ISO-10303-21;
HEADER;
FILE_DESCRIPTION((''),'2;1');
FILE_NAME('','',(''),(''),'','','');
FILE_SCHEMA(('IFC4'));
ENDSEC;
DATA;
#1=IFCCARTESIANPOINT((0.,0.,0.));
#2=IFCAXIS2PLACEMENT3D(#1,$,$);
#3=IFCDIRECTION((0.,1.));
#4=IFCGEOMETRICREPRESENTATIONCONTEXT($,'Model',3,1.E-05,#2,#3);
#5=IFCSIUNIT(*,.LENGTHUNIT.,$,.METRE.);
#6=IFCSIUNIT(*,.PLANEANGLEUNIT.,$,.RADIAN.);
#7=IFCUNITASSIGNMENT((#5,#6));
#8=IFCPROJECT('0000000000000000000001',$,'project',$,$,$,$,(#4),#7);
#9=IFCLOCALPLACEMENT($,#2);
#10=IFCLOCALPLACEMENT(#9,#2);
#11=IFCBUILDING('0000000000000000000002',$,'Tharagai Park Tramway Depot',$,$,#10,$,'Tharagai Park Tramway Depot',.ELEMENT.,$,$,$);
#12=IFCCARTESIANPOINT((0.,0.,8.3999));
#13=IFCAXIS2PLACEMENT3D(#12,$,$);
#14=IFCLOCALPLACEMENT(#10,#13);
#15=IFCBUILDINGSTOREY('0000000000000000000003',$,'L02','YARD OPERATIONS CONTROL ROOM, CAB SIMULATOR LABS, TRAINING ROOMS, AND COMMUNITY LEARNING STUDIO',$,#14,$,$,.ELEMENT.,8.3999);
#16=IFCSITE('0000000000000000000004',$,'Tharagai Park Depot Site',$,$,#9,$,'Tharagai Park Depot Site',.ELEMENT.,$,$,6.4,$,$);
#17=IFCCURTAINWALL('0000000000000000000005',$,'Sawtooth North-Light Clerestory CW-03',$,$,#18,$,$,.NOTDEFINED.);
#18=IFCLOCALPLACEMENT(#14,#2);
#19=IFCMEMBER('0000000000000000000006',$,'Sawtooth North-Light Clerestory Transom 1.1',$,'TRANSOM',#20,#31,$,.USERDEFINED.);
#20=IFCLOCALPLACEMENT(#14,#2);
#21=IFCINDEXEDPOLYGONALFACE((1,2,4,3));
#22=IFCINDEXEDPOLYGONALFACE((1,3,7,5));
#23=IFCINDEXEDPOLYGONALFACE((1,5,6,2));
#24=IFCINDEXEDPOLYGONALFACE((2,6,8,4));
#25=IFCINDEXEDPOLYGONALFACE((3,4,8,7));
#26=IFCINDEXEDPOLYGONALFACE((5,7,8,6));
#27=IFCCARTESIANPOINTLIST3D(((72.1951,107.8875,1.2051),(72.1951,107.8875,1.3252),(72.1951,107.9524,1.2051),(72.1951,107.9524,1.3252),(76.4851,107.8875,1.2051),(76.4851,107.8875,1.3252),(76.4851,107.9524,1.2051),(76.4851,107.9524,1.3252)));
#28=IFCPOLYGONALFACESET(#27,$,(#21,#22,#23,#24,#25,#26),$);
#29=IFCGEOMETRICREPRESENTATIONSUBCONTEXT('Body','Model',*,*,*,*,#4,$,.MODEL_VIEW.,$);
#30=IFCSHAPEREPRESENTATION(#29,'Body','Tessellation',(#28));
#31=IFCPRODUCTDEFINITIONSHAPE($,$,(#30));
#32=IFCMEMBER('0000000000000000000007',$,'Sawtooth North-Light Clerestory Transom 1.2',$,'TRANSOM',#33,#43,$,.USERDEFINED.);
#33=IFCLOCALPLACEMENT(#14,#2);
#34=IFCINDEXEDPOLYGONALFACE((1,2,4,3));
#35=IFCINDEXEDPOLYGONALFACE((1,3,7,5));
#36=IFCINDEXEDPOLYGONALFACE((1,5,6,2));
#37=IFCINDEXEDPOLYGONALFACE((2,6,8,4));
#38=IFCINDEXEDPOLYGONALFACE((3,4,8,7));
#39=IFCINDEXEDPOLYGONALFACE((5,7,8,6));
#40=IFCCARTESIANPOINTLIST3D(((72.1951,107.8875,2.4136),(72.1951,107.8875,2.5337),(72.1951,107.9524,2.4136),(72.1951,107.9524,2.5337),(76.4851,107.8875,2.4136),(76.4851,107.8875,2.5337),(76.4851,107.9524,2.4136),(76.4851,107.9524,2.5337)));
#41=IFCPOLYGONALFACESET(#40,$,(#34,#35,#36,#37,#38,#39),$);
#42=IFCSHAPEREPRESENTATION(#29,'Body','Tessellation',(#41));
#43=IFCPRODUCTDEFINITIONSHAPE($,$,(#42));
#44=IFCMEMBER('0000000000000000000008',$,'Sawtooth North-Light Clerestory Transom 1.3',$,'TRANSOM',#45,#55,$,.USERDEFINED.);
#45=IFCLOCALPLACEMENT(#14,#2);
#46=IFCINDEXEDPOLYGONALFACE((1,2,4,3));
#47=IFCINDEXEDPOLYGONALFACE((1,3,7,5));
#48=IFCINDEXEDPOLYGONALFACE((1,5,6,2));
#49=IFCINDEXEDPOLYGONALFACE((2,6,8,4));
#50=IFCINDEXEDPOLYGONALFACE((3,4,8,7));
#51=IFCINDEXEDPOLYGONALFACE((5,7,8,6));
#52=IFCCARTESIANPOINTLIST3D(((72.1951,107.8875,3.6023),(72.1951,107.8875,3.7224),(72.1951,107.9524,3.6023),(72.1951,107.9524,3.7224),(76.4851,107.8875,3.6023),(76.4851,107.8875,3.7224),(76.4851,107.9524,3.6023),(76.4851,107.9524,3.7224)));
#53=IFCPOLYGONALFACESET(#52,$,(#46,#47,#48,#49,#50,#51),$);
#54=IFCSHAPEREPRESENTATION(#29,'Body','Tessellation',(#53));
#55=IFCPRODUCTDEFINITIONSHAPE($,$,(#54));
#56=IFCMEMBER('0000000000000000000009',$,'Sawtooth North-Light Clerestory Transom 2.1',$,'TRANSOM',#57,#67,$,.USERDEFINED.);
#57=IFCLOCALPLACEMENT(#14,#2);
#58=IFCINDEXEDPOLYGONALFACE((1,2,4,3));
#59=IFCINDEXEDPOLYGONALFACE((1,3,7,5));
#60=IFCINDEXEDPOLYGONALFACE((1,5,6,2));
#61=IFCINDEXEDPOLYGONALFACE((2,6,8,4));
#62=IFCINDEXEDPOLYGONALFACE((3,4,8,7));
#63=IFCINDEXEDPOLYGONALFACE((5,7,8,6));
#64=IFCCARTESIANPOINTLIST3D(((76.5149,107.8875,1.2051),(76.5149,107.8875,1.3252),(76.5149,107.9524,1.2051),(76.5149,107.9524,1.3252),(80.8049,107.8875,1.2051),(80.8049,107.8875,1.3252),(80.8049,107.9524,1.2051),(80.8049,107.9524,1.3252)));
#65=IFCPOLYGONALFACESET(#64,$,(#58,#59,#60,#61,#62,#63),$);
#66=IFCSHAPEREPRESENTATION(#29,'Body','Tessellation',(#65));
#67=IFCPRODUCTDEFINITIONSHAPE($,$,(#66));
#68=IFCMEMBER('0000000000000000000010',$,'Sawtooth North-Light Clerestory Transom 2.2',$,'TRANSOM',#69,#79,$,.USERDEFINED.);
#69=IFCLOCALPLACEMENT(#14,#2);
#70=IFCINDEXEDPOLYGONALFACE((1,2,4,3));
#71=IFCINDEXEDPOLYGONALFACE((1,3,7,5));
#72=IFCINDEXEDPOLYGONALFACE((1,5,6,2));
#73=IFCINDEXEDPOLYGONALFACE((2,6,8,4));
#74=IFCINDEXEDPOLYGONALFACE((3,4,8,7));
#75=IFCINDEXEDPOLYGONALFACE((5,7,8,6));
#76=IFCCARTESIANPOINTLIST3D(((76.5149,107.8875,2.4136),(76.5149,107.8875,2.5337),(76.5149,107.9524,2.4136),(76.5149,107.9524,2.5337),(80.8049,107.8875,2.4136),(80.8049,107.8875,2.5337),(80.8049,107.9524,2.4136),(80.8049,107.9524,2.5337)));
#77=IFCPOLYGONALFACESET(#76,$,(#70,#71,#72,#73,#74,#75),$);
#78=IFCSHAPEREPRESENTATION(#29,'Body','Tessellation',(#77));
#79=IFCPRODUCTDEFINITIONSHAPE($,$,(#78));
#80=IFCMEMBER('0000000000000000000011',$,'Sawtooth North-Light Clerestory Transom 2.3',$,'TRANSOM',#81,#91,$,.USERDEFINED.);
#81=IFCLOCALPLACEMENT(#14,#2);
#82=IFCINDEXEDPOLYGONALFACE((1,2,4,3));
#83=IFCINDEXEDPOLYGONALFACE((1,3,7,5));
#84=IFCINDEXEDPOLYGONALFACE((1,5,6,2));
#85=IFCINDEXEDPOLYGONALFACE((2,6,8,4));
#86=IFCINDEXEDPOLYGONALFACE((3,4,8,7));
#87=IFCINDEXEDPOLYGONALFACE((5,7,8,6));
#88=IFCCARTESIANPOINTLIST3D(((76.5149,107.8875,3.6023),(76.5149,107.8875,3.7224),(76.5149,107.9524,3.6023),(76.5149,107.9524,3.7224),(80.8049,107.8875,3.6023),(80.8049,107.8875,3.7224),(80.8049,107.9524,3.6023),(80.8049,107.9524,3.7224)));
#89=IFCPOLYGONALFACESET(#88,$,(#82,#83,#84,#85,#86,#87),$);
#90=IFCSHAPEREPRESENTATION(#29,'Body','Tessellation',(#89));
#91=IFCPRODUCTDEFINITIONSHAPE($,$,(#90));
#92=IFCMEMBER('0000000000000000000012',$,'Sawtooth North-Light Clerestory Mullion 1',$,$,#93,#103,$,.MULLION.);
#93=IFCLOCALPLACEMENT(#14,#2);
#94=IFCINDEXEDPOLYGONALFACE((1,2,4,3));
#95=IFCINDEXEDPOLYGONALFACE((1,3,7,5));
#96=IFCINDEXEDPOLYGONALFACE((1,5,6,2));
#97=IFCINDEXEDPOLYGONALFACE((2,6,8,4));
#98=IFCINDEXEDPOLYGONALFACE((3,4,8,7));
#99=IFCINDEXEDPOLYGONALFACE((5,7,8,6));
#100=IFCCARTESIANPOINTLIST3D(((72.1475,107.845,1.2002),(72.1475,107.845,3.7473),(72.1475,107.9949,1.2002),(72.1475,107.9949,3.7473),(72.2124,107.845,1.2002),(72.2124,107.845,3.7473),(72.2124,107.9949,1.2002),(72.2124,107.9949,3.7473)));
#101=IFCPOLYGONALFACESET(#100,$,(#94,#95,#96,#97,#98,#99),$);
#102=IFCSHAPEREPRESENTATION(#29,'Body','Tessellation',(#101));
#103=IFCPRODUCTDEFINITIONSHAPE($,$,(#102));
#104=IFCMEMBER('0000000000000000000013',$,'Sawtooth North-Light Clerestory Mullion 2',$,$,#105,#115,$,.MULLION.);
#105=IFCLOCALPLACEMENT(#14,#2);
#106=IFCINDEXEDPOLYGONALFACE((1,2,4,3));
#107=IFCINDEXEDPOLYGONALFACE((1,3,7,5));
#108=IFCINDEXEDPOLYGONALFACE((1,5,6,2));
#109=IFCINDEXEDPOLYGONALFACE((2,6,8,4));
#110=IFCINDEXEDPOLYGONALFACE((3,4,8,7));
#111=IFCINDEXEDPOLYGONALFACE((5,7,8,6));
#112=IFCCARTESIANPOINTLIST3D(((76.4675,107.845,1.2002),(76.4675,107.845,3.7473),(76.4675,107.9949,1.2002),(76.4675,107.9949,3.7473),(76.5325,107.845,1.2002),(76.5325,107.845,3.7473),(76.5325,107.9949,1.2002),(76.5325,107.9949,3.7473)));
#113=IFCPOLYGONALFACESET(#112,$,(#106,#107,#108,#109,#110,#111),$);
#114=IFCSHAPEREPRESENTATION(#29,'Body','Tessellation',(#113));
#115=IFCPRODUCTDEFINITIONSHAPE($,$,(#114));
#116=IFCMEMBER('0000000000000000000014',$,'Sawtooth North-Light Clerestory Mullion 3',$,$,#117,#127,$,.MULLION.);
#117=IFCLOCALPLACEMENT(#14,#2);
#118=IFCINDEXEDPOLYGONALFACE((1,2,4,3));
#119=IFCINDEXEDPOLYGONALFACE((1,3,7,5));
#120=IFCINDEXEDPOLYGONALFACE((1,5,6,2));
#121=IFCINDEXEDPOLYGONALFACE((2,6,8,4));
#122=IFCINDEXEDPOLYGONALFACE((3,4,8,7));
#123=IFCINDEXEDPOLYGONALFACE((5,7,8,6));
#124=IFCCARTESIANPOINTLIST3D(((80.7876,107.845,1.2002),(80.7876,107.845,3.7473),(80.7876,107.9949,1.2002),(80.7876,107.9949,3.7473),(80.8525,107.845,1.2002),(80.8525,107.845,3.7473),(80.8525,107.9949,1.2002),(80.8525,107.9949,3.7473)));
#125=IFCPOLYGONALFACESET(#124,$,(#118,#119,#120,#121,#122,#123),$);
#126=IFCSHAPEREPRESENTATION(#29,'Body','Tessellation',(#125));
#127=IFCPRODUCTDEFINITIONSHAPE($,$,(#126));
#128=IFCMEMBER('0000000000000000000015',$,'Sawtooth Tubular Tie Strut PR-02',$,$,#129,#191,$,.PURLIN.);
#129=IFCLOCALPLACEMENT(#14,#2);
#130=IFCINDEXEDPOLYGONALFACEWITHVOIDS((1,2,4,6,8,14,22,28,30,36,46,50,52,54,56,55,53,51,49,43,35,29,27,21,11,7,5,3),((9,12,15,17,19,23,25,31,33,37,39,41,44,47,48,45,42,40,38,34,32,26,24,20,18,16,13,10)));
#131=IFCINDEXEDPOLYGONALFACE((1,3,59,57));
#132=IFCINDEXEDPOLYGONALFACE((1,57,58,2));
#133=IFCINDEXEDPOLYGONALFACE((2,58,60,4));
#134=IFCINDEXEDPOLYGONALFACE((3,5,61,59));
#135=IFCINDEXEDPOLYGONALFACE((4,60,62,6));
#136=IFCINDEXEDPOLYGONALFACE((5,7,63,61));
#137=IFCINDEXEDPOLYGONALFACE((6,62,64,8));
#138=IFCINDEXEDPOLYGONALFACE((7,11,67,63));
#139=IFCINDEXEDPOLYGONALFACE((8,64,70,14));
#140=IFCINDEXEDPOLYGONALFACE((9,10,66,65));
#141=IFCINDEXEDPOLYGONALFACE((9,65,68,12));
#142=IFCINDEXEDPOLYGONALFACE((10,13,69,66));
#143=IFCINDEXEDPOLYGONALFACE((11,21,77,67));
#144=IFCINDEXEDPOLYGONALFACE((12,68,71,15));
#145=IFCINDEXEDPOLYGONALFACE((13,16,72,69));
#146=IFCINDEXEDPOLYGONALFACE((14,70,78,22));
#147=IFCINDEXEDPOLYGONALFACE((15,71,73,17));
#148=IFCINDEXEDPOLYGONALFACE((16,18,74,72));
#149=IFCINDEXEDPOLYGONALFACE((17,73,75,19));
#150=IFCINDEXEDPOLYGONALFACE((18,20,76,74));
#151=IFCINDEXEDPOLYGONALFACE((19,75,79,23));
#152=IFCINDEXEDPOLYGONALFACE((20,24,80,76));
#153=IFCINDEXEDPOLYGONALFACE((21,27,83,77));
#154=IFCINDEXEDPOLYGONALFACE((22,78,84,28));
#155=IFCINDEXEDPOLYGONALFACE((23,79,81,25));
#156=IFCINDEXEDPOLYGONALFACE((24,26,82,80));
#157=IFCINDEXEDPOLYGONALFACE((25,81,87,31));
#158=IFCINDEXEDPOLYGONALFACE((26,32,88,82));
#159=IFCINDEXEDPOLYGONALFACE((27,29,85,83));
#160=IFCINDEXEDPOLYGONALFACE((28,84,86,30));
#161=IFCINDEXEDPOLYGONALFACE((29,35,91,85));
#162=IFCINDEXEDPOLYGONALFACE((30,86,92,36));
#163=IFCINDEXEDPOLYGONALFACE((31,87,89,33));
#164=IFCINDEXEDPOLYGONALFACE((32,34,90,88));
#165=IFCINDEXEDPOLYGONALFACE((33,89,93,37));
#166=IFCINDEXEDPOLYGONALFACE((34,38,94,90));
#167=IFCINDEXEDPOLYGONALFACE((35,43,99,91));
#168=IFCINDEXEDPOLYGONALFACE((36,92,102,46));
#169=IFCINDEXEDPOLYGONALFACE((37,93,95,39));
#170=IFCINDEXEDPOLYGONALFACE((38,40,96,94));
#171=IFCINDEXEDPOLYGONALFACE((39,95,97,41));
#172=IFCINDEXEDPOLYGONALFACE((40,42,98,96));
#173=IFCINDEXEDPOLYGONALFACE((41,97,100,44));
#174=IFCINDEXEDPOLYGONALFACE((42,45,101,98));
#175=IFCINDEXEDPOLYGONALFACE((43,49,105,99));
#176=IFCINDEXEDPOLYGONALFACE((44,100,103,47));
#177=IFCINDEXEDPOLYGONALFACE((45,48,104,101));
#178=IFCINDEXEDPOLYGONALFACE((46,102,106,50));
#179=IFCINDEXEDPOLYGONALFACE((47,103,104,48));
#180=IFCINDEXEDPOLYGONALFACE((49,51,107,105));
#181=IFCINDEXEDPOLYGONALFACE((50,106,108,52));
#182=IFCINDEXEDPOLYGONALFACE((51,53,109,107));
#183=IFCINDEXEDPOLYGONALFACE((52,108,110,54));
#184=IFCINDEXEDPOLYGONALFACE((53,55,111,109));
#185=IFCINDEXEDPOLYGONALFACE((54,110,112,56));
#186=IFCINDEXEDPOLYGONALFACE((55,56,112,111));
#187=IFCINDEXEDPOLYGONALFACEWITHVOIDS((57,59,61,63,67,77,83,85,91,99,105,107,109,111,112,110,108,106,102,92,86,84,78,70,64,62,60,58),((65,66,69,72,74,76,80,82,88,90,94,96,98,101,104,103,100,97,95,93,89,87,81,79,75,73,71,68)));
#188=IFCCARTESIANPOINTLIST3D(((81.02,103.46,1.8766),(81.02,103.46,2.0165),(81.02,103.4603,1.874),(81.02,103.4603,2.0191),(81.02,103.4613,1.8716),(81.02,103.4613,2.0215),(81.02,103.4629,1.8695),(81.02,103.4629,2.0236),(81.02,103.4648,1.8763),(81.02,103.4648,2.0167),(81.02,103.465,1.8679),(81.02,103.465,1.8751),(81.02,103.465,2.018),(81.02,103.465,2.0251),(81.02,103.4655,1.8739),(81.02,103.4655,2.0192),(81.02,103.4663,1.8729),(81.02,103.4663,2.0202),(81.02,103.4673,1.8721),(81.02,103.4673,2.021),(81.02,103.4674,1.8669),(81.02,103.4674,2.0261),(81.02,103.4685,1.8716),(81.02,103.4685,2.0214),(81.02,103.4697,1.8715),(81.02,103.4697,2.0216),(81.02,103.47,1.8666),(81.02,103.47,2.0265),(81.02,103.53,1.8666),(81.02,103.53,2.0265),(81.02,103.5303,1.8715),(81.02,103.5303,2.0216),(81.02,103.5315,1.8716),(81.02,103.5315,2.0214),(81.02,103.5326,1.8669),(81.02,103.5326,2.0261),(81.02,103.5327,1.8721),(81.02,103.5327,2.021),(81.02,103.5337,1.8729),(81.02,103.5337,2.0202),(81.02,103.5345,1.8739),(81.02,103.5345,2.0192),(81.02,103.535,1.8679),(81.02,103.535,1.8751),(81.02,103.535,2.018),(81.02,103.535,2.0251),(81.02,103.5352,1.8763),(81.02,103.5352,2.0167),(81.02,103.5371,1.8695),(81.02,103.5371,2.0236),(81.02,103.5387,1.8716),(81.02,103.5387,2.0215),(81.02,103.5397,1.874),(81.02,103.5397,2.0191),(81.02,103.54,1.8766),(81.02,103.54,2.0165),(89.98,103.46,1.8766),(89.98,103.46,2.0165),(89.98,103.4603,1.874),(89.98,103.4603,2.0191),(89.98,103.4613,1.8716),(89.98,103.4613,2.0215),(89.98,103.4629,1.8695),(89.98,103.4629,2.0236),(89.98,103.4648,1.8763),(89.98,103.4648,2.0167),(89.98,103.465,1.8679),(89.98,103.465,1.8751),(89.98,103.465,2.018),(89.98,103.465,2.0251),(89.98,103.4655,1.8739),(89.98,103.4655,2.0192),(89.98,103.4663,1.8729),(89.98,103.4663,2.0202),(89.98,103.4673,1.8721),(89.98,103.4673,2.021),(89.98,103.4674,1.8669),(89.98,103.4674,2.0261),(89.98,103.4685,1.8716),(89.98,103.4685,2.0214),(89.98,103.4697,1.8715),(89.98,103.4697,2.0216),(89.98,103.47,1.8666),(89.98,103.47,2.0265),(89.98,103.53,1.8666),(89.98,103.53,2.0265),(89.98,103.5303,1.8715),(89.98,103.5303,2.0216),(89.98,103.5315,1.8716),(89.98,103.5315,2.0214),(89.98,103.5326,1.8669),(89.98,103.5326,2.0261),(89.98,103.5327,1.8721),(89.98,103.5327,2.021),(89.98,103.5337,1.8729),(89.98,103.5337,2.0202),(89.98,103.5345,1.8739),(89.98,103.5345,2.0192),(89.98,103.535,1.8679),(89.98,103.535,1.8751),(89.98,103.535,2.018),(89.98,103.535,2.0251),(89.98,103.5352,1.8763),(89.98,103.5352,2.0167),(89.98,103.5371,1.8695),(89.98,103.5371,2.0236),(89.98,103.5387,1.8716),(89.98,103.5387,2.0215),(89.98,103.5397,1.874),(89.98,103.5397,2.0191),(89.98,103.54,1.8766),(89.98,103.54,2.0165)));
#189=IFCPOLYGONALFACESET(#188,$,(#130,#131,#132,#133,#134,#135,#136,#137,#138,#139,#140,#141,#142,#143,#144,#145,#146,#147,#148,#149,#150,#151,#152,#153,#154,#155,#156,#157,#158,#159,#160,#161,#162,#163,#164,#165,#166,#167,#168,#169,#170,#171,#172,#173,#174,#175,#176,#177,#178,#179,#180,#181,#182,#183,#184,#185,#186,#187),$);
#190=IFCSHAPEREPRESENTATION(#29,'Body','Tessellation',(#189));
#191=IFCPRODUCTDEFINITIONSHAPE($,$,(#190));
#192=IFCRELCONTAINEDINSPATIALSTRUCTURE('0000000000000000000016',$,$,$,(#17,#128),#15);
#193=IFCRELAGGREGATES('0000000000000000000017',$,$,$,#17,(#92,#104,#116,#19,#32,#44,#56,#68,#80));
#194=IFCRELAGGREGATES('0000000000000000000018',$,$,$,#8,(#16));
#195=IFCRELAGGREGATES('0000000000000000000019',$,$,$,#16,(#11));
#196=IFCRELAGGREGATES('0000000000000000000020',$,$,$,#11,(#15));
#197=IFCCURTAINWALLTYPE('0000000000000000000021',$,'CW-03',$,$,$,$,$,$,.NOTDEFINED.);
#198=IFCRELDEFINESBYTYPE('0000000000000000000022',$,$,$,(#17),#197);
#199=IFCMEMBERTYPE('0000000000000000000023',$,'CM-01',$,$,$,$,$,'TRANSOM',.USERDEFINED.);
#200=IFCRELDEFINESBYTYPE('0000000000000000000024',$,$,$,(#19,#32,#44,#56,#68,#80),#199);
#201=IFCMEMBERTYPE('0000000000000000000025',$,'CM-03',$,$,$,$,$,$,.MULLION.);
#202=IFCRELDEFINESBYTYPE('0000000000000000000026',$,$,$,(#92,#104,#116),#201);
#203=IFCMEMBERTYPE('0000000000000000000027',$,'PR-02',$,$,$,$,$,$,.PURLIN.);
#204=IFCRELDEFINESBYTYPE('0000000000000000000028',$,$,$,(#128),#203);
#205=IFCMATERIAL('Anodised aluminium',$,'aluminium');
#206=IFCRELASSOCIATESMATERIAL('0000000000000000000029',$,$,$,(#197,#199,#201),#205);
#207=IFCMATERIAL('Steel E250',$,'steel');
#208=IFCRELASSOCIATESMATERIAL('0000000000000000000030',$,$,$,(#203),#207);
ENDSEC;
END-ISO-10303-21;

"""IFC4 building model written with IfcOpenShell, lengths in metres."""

from ifc_helpers import new_model, si_unit, direction, frame, origin, origin_2d, place, context, subcontext, project, spatial, rectangle, hollow_rectangle, extrude, material, material_profile, profile_set, type_object, element, aggregate, save


model = new_model("IFC4")

# Units and contexts
model_context = context("Model", 3, precision=1e-05, world=origin(), true_north=direction((0.0, 1.0)))
body_context = subcontext(model_context, "Body", "Model", "MODEL_VIEW")
ifc_project = project(units=[si_unit("LENGTHUNIT", "METRE"), si_unit("PLANEANGLEUNIT", "RADIAN")], contexts=[model_context])

# Site, building, storey
site_placement = place(None, origin())
site = spatial("IfcSite", under=ifc_project, at=site_placement, Name="Tharagai Park Depot Site", LongName="Tharagai Park Depot Site", CompositionType="ELEMENT", RefElevation=6.4)
building_placement = place(site_placement, origin())
building = spatial("IfcBuilding", under=site, at=building_placement, Name="Tharagai Park Tramway Depot", LongName="Tharagai Park Tramway Depot", CompositionType="ELEMENT")
storey_placement = place(building_placement, frame((0.0, 0.0, 8.3999)))
storey = spatial("IfcBuildingStorey", under=building, at=storey_placement, Name="L02", Description="YARD OPERATIONS CONTROL ROOM, CAB SIMULATOR LABS, TRAINING ROOMS, AND COMMUNITY LEARNING STUDIO", CompositionType="ELEMENT", Elevation=8.3999)

# Curtain wall, members
ifc_material_1 = material(Name="Anodised aluminium", Category="aluminium")
curtain_wall_type = type_object("IfcCurtainWallType", Name="CW-03", PredefinedType="NOTDEFINED", material=ifc_material_1)
curtain_wall_placement = place(storey_placement, origin())
curtain_wall = element("IfcCurtainWall", 1, at=curtain_wall_placement, inside=storey, type_object=curtain_wall_type, Name="Sawtooth North-Light Clerestory CW-03", PredefinedType="NOTDEFINED")
ifc_material_profile_1 = material_profile(ifc_material_1, rectangle(XDim=0.0649, YDim=0.1201, at=origin_2d()), Name="ALU 65x120")
ifc_profile_set_1 = profile_set([ifc_material_profile_1], Name="Anodised aluminium")
member_type_1 = type_object("IfcMemberType", Name="CM-01", ElementType="TRANSOM", PredefinedType="USERDEFINED", material=ifc_profile_set_1)
member_1_placement = place(storey_placement, frame((72.1951, 107.9199, 1.2651), z_axis=(1.0, 0.0, 0.0), x_axis=(0.0, 1.0, 0.0)))
member_1 = element("IfcMember", 2, at=member_1_placement, type_object=member_type_1, Name="Sawtooth North-Light Clerestory Transom 1.1", ObjectType="TRANSOM", PredefinedType="USERDEFINED", context=body_context, shape_type="SweptSolid", body=[
    extrude(rectangle(XDim=0.0649, YDim=0.1201, at=origin_2d()), origin(), (0.0, 0.0, 1.0), 4.29),
])
member_2_placement = place(storey_placement, frame((72.1951, 107.9199, 2.4736), z_axis=(1.0, 0.0, 0.0), x_axis=(0.0, 1.0, 0.0)))
member_2 = element("IfcMember", 3, at=member_2_placement, type_object=member_type_1, Name="Sawtooth North-Light Clerestory Transom 1.2", ObjectType="TRANSOM", PredefinedType="USERDEFINED", context=body_context, shape_type="SweptSolid", body=[
    extrude(rectangle(XDim=0.0649, YDim=0.1201, at=origin_2d()), origin(), (0.0, 0.0, 1.0), 4.29),
])
member_3_placement = place(storey_placement, frame((72.1951, 107.9199, 3.6624), z_axis=(1.0, 0.0, 0.0), x_axis=(0.0, 1.0, 0.0)))
member_3 = element("IfcMember", 4, at=member_3_placement, type_object=member_type_1, Name="Sawtooth North-Light Clerestory Transom 1.3", ObjectType="TRANSOM", PredefinedType="USERDEFINED", context=body_context, shape_type="SweptSolid", body=[
    extrude(rectangle(XDim=0.0649, YDim=0.1201, at=origin_2d()), origin(), (0.0, 0.0, 1.0), 4.29),
])
member_4_placement = place(storey_placement, frame((76.5149, 107.9199, 1.2651), z_axis=(1.0, 0.0, 0.0), x_axis=(0.0, 1.0, 0.0)))
member_4 = element("IfcMember", 5, at=member_4_placement, type_object=member_type_1, Name="Sawtooth North-Light Clerestory Transom 2.1", ObjectType="TRANSOM", PredefinedType="USERDEFINED", context=body_context, shape_type="SweptSolid", body=[
    extrude(rectangle(XDim=0.0649, YDim=0.1201, at=origin_2d()), origin(), (0.0, 0.0, 1.0), 4.29),
])
member_5_placement = place(storey_placement, frame((76.5149, 107.9199, 2.4736), z_axis=(1.0, 0.0, 0.0), x_axis=(0.0, 1.0, 0.0)))
member_5 = element("IfcMember", 6, at=member_5_placement, type_object=member_type_1, Name="Sawtooth North-Light Clerestory Transom 2.2", ObjectType="TRANSOM", PredefinedType="USERDEFINED", context=body_context, shape_type="SweptSolid", body=[
    extrude(rectangle(XDim=0.0649, YDim=0.1201, at=origin_2d()), origin(), (0.0, 0.0, 1.0), 4.29),
])
member_6_placement = place(storey_placement, frame((76.5149, 107.9199, 3.6624), z_axis=(1.0, 0.0, 0.0), x_axis=(0.0, 1.0, 0.0)))
member_6 = element("IfcMember", 7, at=member_6_placement, type_object=member_type_1, Name="Sawtooth North-Light Clerestory Transom 2.3", ObjectType="TRANSOM", PredefinedType="USERDEFINED", context=body_context, shape_type="SweptSolid", body=[
    extrude(rectangle(XDim=0.0649, YDim=0.1201, at=origin_2d()), origin(), (0.0, 0.0, 1.0), 4.29),
])
ifc_material_profile_2 = material_profile(ifc_material_1, rectangle(XDim=0.0649, YDim=0.1499, at=origin_2d()), Name="ALU 65x150")
ifc_profile_set_2 = profile_set([ifc_material_profile_2], Name="Anodised aluminium")
member_type_2 = type_object("IfcMemberType", Name="CM-03", PredefinedType="MULLION", material=ifc_profile_set_2)
member_7_placement = place(storey_placement, frame((72.1799, 107.9199, 1.2002), z_axis=(0.0, 0.0, 1.0), x_axis=(1.0, 0.0, 0.0)))
member_7 = element("IfcMember", 8, at=member_7_placement, type_object=member_type_2, Name="Sawtooth North-Light Clerestory Mullion 1", PredefinedType="MULLION", context=body_context, shape_type="SweptSolid", body=[
    extrude(rectangle(XDim=0.0649, YDim=0.1499, at=origin_2d()), origin(), (0.0, 0.0, 1.0), 2.5471),
])
member_8_placement = place(storey_placement, frame((76.5, 107.9199, 1.2002), z_axis=(0.0, 0.0, 1.0), x_axis=(1.0, 0.0, 0.0)))
member_8 = element("IfcMember", 9, at=member_8_placement, type_object=member_type_2, Name="Sawtooth North-Light Clerestory Mullion 2", PredefinedType="MULLION", context=body_context, shape_type="SweptSolid", body=[
    extrude(rectangle(XDim=0.0649, YDim=0.1499, at=origin_2d()), origin(), (0.0, 0.0, 1.0), 2.5471),
])
member_9_placement = place(storey_placement, frame((80.8201, 107.9199, 1.2002), z_axis=(0.0, 0.0, 1.0), x_axis=(1.0, 0.0, 0.0)))
member_9 = element("IfcMember", 10, at=member_9_placement, type_object=member_type_2, Name="Sawtooth North-Light Clerestory Mullion 3", PredefinedType="MULLION", context=body_context, shape_type="SweptSolid", body=[
    extrude(rectangle(XDim=0.0649, YDim=0.1499, at=origin_2d()), origin(), (0.0, 0.0, 1.0), 2.5471),
])

# Member
ifc_material_2 = material(Name="Steel E250", Category="steel")
ifc_material_profile_3 = material_profile(ifc_material_2, hollow_rectangle(XDim=0.0801, YDim=0.1599, WallThickness=0.0049, InnerFilletRadius=0.0049, OuterFilletRadius=0.01, at=origin_2d()), Name="RHS 160x80x5")
ifc_profile_set_3 = profile_set([ifc_material_profile_3], Name="Steel E250")
member_type_3 = type_object("IfcMemberType", Name="PR-02", PredefinedType="PURLIN", material=ifc_profile_set_3)
member_10_placement = place(storey_placement, frame((81.02, 103.5, 1.9465), z_axis=(1.0, 0.0, 0.0), x_axis=(0.0, 1.0, 0.0)))
element("IfcMember", 11, at=member_10_placement, inside=storey, type_object=member_type_3, Name="Sawtooth Tubular Tie Strut PR-02", PredefinedType="PURLIN", context=body_context, shape_type="SweptSolid", body=[
    extrude(hollow_rectangle(XDim=0.0801, YDim=0.1599, WallThickness=0.0049, InnerFilletRadius=0.0049, OuterFilletRadius=0.01, at=origin_2d()), origin(), (0.0, 0.0, 1.0), 8.96),
])

aggregate(curtain_wall, [member_7, member_8, member_9, member_1, member_2, member_3, member_4, member_5, member_6])

save(model, "model.ifc")
